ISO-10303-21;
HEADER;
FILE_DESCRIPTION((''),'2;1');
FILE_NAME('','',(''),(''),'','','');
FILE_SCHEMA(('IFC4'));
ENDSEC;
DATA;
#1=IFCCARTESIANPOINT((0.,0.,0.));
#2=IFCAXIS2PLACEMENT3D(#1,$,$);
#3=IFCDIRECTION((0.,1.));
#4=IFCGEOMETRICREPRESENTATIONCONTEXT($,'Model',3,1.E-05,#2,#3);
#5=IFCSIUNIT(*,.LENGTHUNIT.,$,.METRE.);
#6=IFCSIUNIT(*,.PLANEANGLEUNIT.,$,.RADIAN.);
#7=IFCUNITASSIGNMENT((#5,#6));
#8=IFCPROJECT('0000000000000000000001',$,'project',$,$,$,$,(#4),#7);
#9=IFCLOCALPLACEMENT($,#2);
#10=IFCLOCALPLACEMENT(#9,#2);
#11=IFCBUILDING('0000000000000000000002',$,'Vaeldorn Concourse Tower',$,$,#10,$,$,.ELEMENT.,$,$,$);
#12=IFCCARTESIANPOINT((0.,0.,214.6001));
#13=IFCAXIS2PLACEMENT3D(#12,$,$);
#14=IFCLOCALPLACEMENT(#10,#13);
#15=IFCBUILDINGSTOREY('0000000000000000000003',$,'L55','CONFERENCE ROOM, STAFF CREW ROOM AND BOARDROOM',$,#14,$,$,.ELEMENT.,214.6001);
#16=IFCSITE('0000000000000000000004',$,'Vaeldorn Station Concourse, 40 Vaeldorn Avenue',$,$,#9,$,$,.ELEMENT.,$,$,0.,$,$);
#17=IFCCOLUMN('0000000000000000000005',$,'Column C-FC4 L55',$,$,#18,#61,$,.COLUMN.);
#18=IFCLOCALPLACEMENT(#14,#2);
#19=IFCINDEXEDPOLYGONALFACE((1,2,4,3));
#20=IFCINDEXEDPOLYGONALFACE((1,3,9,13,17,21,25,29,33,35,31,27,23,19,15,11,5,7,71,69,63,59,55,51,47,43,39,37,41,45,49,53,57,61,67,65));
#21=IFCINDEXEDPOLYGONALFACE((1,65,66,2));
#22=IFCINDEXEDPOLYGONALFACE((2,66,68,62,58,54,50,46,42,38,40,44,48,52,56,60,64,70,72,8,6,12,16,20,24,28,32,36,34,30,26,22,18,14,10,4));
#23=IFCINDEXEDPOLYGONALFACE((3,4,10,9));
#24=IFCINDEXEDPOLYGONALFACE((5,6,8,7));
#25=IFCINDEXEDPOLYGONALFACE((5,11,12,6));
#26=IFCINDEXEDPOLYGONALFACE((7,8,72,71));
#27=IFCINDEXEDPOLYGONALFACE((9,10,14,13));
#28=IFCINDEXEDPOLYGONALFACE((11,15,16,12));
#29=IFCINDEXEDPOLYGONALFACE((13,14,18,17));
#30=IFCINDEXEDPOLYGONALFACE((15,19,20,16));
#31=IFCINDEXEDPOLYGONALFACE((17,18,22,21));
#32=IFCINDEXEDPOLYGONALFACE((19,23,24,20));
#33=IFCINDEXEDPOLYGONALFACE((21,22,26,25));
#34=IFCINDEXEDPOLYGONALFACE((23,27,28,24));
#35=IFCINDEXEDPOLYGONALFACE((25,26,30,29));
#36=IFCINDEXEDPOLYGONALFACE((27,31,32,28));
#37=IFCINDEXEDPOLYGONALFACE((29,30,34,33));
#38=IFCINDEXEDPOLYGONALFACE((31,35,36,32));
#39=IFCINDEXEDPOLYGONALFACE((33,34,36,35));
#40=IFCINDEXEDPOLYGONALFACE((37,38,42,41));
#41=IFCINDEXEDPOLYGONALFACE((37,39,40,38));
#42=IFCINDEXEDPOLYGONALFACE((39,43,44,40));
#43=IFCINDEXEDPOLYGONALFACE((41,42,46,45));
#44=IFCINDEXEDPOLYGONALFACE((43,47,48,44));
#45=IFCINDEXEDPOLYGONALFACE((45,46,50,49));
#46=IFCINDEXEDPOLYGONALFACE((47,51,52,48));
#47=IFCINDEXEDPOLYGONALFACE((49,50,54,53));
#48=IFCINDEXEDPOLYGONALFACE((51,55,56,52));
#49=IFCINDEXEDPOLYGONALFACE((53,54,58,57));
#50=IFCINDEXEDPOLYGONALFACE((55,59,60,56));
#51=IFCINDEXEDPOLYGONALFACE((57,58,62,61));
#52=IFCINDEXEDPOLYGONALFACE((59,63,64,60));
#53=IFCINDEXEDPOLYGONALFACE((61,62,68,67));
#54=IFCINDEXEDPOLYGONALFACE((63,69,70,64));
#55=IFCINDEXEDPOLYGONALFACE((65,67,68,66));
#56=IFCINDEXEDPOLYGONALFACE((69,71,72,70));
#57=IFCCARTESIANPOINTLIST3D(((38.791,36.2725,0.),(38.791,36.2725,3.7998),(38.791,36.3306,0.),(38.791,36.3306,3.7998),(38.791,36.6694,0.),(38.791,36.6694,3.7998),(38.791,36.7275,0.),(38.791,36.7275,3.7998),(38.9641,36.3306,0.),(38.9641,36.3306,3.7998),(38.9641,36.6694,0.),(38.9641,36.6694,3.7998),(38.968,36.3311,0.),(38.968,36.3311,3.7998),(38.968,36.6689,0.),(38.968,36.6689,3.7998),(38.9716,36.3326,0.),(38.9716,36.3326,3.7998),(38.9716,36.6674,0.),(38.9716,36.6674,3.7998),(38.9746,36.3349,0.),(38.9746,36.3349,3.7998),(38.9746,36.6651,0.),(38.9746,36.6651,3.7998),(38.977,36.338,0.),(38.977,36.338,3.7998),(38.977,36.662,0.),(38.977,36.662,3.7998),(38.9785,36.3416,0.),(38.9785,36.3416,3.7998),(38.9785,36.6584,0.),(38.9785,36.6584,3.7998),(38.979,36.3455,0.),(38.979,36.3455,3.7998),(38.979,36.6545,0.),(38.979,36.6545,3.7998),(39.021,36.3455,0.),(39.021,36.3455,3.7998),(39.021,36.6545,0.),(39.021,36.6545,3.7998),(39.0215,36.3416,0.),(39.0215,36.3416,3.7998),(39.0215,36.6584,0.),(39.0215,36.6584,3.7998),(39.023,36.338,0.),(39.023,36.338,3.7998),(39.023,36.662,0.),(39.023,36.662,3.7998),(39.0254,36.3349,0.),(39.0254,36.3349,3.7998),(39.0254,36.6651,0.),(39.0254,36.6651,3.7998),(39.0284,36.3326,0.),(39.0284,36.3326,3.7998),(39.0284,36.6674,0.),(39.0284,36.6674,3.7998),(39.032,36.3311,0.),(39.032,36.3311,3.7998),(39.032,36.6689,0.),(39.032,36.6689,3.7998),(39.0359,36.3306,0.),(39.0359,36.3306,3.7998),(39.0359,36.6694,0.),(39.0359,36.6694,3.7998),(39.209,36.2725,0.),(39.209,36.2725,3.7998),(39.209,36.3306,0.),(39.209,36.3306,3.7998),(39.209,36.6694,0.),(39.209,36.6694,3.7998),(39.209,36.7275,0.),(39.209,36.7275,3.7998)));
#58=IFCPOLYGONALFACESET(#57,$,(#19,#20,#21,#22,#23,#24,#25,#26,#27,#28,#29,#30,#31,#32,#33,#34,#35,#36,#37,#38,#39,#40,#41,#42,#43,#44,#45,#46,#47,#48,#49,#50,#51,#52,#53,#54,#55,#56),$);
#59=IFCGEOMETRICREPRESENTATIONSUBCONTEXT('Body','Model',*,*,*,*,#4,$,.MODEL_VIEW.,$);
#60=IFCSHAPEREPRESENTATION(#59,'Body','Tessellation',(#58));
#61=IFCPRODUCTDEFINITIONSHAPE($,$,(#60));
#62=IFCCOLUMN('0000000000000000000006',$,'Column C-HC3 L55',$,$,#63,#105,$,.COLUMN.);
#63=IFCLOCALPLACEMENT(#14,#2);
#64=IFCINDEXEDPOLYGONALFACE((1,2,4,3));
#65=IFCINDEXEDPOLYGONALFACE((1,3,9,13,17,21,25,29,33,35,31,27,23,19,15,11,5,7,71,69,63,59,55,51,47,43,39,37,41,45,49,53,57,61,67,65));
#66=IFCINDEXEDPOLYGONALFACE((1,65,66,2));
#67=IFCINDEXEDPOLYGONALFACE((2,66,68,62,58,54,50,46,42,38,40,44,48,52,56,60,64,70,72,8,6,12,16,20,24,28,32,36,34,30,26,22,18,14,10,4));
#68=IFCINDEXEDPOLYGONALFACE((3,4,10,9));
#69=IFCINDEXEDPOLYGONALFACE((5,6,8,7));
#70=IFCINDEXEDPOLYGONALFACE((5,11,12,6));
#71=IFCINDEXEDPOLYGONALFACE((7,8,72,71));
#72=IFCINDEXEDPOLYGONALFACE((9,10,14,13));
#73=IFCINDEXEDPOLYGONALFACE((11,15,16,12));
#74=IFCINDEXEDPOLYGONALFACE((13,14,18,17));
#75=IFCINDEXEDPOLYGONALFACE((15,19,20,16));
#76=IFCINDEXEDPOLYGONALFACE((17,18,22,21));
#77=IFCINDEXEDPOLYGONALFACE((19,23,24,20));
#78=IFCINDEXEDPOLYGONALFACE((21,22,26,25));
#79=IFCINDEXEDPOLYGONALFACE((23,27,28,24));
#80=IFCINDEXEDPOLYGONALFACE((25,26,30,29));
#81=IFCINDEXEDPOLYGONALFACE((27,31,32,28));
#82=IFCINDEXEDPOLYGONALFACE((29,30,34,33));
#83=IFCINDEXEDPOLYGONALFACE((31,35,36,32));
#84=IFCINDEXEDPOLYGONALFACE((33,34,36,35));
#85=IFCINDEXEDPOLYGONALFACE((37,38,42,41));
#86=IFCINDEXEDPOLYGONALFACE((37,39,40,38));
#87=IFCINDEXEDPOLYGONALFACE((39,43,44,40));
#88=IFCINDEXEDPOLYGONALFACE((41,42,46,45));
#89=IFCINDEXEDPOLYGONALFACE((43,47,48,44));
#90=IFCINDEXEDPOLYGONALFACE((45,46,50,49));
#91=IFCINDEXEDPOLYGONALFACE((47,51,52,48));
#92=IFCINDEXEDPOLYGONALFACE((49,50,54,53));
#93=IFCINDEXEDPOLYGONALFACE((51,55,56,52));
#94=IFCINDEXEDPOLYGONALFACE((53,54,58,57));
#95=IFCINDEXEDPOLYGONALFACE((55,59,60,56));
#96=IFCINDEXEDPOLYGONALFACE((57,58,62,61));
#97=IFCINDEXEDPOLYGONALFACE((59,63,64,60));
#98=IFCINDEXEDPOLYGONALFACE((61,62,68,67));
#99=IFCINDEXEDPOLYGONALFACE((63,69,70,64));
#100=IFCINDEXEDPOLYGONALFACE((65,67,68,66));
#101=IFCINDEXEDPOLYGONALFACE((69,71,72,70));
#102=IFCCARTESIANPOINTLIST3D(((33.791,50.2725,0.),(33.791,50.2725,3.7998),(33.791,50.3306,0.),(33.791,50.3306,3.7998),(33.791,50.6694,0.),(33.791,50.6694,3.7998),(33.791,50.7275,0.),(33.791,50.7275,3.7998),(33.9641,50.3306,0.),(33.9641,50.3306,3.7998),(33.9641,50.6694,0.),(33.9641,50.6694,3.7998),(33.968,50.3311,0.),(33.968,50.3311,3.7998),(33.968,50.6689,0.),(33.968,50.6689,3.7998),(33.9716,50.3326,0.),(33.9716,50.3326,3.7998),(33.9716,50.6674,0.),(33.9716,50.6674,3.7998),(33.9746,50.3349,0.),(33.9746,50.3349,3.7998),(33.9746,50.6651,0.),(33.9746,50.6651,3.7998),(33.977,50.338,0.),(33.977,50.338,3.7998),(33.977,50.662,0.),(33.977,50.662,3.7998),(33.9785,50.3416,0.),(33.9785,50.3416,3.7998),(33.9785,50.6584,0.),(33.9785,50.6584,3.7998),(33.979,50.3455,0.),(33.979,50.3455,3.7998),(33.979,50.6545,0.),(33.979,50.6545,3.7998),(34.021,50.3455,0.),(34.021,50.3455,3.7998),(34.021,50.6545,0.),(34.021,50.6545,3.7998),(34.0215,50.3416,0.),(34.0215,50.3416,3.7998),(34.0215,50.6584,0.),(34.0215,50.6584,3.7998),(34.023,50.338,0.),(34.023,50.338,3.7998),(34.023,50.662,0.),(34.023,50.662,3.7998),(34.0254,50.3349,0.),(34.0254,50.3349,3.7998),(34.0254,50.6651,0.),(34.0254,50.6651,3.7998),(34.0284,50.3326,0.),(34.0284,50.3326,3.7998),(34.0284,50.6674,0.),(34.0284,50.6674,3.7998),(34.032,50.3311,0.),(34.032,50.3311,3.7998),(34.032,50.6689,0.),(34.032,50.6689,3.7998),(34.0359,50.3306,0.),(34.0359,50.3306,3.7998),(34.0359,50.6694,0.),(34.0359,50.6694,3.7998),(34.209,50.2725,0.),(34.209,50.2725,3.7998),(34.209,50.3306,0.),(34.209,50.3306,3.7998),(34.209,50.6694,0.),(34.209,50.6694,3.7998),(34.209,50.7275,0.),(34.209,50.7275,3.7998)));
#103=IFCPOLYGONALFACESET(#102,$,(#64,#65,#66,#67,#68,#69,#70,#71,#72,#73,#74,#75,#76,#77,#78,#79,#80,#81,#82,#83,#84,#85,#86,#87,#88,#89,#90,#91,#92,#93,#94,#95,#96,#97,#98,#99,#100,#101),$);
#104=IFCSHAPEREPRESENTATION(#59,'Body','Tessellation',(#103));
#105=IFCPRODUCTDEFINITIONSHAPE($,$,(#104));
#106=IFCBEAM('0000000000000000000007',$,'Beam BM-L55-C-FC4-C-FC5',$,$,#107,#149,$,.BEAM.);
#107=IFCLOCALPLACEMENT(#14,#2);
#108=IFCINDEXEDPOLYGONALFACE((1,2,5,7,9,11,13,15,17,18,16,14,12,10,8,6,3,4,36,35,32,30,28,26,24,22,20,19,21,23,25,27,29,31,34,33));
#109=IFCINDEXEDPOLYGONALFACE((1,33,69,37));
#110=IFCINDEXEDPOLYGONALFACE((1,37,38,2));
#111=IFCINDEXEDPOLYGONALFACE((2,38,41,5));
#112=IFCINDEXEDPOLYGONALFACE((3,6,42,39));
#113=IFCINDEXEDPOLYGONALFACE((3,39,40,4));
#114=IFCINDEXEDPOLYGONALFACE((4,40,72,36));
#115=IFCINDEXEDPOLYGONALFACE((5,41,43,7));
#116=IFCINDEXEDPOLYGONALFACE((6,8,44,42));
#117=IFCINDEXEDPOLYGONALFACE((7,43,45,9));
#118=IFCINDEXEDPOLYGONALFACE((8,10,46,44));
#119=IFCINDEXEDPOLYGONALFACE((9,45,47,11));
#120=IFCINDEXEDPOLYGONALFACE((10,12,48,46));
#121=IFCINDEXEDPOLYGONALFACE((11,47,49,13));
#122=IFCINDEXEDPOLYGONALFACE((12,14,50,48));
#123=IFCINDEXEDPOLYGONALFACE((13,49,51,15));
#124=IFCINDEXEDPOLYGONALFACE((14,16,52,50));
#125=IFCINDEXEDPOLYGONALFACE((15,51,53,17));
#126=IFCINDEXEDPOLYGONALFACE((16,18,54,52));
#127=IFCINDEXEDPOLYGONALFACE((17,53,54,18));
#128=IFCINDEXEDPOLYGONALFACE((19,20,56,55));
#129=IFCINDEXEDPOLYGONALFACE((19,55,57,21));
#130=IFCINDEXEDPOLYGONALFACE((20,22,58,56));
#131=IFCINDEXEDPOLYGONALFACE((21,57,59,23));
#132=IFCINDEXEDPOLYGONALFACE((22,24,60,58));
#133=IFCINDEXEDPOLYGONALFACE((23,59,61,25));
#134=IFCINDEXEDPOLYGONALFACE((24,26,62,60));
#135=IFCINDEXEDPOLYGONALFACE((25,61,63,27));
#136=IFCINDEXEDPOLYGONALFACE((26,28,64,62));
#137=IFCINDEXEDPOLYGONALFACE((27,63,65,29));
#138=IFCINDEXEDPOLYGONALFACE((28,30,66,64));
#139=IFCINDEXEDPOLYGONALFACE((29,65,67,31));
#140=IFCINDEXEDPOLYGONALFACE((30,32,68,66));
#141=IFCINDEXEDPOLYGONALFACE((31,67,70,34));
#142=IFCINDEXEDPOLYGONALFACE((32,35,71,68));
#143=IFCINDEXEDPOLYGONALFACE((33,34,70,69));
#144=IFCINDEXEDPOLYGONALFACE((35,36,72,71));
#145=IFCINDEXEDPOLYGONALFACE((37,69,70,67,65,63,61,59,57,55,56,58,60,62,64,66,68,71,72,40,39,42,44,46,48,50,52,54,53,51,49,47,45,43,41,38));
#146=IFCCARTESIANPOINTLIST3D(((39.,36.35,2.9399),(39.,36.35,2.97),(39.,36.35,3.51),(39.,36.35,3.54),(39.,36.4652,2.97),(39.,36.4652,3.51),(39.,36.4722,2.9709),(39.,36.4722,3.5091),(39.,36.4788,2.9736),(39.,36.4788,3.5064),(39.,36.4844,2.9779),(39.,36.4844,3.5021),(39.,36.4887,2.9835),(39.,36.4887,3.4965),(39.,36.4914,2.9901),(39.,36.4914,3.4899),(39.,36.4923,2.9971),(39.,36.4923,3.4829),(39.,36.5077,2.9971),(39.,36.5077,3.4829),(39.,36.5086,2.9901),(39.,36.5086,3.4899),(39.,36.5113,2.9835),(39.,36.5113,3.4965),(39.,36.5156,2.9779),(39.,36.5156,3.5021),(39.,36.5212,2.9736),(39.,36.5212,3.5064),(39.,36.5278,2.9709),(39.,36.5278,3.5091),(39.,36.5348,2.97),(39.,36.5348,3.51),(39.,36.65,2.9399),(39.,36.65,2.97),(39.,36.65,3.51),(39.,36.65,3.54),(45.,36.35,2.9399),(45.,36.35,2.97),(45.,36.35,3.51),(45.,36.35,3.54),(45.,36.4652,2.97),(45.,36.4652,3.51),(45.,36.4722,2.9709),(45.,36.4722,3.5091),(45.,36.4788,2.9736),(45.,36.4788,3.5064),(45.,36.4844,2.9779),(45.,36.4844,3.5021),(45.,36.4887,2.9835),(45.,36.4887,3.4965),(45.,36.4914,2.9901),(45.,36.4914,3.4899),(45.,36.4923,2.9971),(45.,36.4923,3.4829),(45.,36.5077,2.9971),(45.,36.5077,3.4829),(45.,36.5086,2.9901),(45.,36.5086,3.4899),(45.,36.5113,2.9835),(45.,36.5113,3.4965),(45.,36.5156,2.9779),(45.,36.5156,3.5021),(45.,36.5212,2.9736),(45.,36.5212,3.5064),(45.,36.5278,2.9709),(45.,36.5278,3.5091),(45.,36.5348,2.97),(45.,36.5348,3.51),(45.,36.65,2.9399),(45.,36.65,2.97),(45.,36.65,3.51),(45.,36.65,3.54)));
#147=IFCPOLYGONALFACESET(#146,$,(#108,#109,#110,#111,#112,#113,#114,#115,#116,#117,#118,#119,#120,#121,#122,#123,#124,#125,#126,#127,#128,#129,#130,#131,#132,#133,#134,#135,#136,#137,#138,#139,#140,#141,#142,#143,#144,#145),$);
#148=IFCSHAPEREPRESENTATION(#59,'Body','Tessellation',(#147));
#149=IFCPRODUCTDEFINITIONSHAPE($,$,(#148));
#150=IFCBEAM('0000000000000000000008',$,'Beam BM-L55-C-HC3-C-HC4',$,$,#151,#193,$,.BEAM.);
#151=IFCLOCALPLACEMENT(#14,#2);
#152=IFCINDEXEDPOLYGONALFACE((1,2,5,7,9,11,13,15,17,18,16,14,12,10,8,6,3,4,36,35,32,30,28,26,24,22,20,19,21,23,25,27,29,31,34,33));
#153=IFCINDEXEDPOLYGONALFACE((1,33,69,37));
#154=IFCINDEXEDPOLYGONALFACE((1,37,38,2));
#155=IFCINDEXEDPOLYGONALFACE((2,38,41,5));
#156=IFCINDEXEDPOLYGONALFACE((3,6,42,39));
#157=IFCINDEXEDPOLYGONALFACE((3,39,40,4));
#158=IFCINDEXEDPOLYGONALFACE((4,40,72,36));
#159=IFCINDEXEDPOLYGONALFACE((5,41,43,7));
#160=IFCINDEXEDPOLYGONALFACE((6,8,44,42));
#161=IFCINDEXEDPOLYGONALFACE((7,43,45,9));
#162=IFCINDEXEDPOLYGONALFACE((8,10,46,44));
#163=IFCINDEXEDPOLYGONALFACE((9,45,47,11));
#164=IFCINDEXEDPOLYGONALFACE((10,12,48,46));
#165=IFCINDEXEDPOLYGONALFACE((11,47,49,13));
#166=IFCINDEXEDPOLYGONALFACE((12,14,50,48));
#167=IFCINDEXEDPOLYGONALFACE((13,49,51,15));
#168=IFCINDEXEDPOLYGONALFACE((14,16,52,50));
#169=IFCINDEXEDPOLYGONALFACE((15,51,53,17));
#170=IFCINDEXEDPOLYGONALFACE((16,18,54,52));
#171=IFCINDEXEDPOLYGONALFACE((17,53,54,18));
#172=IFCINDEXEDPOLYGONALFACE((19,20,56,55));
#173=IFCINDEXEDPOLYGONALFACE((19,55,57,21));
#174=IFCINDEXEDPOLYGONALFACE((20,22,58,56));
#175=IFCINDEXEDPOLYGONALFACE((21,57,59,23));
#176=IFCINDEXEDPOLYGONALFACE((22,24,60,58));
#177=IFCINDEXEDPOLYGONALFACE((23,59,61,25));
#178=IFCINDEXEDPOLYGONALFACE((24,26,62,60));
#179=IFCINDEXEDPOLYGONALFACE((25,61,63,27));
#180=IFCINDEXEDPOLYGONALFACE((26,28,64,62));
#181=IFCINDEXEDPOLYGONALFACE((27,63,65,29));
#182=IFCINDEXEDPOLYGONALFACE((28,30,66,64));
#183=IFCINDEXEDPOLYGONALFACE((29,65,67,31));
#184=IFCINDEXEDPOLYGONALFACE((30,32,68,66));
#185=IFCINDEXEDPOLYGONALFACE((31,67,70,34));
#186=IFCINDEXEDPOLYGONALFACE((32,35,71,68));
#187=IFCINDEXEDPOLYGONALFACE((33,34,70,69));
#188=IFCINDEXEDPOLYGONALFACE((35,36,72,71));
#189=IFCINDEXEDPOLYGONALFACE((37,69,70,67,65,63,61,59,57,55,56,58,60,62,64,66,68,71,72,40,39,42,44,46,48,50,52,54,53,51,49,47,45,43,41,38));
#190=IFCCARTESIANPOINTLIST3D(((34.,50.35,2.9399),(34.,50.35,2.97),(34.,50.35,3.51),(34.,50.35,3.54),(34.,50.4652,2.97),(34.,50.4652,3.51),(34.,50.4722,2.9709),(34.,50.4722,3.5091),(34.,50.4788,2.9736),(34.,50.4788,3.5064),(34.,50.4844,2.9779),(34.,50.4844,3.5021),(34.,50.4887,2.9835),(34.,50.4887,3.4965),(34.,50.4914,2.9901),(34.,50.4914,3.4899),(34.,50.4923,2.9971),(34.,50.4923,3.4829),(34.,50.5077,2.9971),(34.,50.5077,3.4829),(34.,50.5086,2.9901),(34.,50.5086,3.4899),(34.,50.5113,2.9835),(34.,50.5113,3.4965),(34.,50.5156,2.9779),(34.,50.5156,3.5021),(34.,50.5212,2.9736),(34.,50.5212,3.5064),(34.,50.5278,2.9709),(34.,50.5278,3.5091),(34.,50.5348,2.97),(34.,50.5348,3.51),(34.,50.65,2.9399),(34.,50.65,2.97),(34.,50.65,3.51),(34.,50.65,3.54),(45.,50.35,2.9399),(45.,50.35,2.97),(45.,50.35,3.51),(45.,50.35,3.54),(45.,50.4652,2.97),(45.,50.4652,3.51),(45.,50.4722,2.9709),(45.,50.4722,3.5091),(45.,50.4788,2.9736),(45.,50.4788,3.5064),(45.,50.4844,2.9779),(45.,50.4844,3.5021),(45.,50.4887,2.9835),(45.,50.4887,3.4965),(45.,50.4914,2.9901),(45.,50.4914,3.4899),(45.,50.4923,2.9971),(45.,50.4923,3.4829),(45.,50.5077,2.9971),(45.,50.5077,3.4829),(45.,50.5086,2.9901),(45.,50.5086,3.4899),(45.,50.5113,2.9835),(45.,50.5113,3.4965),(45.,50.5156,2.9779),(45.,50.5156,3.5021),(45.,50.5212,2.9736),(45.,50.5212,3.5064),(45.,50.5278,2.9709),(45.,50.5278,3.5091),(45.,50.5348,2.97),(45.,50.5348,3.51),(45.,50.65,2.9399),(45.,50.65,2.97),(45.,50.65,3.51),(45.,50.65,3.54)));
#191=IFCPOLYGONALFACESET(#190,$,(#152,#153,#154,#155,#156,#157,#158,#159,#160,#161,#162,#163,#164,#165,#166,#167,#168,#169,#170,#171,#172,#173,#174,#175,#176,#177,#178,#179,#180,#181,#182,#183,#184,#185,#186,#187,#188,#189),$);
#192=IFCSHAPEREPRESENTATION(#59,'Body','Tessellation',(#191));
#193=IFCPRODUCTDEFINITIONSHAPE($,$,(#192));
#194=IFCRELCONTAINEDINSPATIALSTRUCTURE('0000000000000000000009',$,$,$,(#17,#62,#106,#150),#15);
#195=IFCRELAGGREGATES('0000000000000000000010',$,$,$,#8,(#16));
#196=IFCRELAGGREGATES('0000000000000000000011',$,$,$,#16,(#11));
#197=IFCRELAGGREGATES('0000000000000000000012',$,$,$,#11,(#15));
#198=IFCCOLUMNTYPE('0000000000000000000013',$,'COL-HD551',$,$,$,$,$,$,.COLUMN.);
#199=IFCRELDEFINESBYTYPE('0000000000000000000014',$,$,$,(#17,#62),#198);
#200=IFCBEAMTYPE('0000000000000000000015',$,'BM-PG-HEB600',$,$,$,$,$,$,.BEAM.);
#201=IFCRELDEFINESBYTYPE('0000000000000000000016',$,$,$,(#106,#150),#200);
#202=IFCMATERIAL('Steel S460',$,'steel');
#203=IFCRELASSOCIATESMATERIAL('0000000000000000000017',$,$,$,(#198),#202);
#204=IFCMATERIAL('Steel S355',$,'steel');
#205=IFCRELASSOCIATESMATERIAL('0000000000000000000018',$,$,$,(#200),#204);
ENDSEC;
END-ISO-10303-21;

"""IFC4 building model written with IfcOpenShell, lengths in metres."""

from ifc_helpers import new_model, si_unit, direction, frame, origin, origin_2d, place, context, subcontext, project, spatial, i_section, extrude, source, transform, mapped, material, material_profile, profile_set, type_object, element, save


model = new_model("IFC4")

# Units and contexts
model_context = context("Model", 3, precision=1e-05, world=origin(), true_north=direction((0.0, 1.0)))
body_context = subcontext(model_context, "Body", "Model", "MODEL_VIEW")
ifc_project = project(units=[si_unit("LENGTHUNIT", "METRE"), si_unit("PLANEANGLEUNIT", "RADIAN")], contexts=[model_context])

# Site, building, storey
site_placement = place(None, origin())
site = spatial("IfcSite", under=ifc_project, at=site_placement, Name="Vaeldorn Station Concourse, 40 Vaeldorn Avenue", CompositionType="ELEMENT", RefElevation=0.0)
building_placement = place(site_placement, origin())
building = spatial("IfcBuilding", under=site, at=building_placement, Name="Vaeldorn Concourse Tower", CompositionType="ELEMENT")
storey_placement = place(building_placement, frame((0.0, 0.0, 214.6001)))
storey = spatial("IfcBuildingStorey", under=building, at=storey_placement, Name="L55", Description="CONFERENCE ROOM, STAFF CREW ROOM AND BOARDROOM", CompositionType="ELEMENT", Elevation=214.6001)

# Columns
ifc_material_1 = material(Name="Steel S460", Category="steel")
ifc_material_profile_1 = material_profile(ifc_material_1, i_section(OverallWidth=0.418, OverallDepth=0.4551, WebThickness=0.042, FlangeThickness=0.0581, FilletRadius=0.0149, at=origin_2d()), Name="HD 400x551")
ifc_profile_set_1 = profile_set([ifc_material_profile_1], Name="Steel S460")
column_type = type_object("IfcColumnType", Name="COL-HD551", PredefinedType="COLUMN", material=ifc_profile_set_1)
shared_shape_1 = source(origin(), body_context, "Body", "SweptSolid", [
    extrude(i_section(OverallWidth=0.418, OverallDepth=0.4551, WebThickness=0.042, FlangeThickness=0.0581, FilletRadius=0.0149, at=origin_2d()), origin(), (0.0, 0.0, 1.0), 3.7998),
])
for number, where, z_axis, x_axis, name in (
    (1, (39.0, 36.5, 0.0), (0.0, 0.0, 1.0), (1.0, 0.0, 0.0), "Column C-FC4 L55"),
    (2, (34.0, 50.5, 0.0), (0.0, 0.0, 1.0), (1.0, 0.0, 0.0), "Column C-HC3 L55"),
):
    element("IfcColumn", number, at=place(storey_placement, frame(where, z_axis=z_axis, x_axis=x_axis)), inside=storey, type_object=column_type, Name=name, PredefinedType="COLUMN", context=body_context, shape_type="MappedRepresentation", body=[
        mapped(shared_shape_1, transform((0.0, 0.0, 0.0), scale=1.0)),
    ])

# Beams
ifc_material_2 = material(Name="Steel S355", Category="steel")
ifc_material_profile_2 = material_profile(ifc_material_2, i_section(OverallWidth=0.3, OverallDepth=0.6001, WebThickness=0.0154, FlangeThickness=0.03, FilletRadius=0.0271, at=origin_2d()), Name="HEB 600")
ifc_profile_set_2 = profile_set([ifc_material_profile_2], Name="Steel S355")
beam_type = type_object("IfcBeamType", Name="BM-PG-HEB600", PredefinedType="BEAM", material=ifc_profile_set_2)
shared_shape_2 = source(origin(), body_context, "Body", "SweptSolid", [
    extrude(i_section(OverallWidth=0.3, OverallDepth=0.6001, WebThickness=0.0154, FlangeThickness=0.03, FilletRadius=0.0271, at=origin_2d()), origin(), (0.0, 0.0, 1.0), 6.0),
])
beam_1_placement = place(storey_placement, frame((39.0, 36.5, 3.24), z_axis=(1.0, 0.0, 0.0), x_axis=(0.0, 1.0, 0.0)))
element("IfcBeam", 3, at=beam_1_placement, inside=storey, type_object=beam_type, Name="Beam BM-L55-C-FC4-C-FC5", PredefinedType="BEAM", context=body_context, shape_type="MappedRepresentation", body=[
    mapped(shared_shape_2, transform((0.0, 0.0, 0.0), scale=1.0)),
])
shared_shape_3 = source(origin(), body_context, "Body", "SweptSolid", [
    extrude(i_section(OverallWidth=0.3, OverallDepth=0.6001, WebThickness=0.0154, FlangeThickness=0.03, FilletRadius=0.0271, at=origin_2d()), origin(), (0.0, 0.0, 1.0), 11.0),
])
beam_2_placement = place(storey_placement, frame((34.0, 50.5, 3.24), z_axis=(1.0, 0.0, 0.0), x_axis=(0.0, 1.0, 0.0)))
element("IfcBeam", 4, at=beam_2_placement, inside=storey, type_object=beam_type, Name="Beam BM-L55-C-HC3-C-HC4", PredefinedType="BEAM", context=body_context, shape_type="MappedRepresentation", body=[
    mapped(shared_shape_3, transform((0.0, 0.0, 0.0), scale=1.0)),
])

save(model, "model.ifc")
